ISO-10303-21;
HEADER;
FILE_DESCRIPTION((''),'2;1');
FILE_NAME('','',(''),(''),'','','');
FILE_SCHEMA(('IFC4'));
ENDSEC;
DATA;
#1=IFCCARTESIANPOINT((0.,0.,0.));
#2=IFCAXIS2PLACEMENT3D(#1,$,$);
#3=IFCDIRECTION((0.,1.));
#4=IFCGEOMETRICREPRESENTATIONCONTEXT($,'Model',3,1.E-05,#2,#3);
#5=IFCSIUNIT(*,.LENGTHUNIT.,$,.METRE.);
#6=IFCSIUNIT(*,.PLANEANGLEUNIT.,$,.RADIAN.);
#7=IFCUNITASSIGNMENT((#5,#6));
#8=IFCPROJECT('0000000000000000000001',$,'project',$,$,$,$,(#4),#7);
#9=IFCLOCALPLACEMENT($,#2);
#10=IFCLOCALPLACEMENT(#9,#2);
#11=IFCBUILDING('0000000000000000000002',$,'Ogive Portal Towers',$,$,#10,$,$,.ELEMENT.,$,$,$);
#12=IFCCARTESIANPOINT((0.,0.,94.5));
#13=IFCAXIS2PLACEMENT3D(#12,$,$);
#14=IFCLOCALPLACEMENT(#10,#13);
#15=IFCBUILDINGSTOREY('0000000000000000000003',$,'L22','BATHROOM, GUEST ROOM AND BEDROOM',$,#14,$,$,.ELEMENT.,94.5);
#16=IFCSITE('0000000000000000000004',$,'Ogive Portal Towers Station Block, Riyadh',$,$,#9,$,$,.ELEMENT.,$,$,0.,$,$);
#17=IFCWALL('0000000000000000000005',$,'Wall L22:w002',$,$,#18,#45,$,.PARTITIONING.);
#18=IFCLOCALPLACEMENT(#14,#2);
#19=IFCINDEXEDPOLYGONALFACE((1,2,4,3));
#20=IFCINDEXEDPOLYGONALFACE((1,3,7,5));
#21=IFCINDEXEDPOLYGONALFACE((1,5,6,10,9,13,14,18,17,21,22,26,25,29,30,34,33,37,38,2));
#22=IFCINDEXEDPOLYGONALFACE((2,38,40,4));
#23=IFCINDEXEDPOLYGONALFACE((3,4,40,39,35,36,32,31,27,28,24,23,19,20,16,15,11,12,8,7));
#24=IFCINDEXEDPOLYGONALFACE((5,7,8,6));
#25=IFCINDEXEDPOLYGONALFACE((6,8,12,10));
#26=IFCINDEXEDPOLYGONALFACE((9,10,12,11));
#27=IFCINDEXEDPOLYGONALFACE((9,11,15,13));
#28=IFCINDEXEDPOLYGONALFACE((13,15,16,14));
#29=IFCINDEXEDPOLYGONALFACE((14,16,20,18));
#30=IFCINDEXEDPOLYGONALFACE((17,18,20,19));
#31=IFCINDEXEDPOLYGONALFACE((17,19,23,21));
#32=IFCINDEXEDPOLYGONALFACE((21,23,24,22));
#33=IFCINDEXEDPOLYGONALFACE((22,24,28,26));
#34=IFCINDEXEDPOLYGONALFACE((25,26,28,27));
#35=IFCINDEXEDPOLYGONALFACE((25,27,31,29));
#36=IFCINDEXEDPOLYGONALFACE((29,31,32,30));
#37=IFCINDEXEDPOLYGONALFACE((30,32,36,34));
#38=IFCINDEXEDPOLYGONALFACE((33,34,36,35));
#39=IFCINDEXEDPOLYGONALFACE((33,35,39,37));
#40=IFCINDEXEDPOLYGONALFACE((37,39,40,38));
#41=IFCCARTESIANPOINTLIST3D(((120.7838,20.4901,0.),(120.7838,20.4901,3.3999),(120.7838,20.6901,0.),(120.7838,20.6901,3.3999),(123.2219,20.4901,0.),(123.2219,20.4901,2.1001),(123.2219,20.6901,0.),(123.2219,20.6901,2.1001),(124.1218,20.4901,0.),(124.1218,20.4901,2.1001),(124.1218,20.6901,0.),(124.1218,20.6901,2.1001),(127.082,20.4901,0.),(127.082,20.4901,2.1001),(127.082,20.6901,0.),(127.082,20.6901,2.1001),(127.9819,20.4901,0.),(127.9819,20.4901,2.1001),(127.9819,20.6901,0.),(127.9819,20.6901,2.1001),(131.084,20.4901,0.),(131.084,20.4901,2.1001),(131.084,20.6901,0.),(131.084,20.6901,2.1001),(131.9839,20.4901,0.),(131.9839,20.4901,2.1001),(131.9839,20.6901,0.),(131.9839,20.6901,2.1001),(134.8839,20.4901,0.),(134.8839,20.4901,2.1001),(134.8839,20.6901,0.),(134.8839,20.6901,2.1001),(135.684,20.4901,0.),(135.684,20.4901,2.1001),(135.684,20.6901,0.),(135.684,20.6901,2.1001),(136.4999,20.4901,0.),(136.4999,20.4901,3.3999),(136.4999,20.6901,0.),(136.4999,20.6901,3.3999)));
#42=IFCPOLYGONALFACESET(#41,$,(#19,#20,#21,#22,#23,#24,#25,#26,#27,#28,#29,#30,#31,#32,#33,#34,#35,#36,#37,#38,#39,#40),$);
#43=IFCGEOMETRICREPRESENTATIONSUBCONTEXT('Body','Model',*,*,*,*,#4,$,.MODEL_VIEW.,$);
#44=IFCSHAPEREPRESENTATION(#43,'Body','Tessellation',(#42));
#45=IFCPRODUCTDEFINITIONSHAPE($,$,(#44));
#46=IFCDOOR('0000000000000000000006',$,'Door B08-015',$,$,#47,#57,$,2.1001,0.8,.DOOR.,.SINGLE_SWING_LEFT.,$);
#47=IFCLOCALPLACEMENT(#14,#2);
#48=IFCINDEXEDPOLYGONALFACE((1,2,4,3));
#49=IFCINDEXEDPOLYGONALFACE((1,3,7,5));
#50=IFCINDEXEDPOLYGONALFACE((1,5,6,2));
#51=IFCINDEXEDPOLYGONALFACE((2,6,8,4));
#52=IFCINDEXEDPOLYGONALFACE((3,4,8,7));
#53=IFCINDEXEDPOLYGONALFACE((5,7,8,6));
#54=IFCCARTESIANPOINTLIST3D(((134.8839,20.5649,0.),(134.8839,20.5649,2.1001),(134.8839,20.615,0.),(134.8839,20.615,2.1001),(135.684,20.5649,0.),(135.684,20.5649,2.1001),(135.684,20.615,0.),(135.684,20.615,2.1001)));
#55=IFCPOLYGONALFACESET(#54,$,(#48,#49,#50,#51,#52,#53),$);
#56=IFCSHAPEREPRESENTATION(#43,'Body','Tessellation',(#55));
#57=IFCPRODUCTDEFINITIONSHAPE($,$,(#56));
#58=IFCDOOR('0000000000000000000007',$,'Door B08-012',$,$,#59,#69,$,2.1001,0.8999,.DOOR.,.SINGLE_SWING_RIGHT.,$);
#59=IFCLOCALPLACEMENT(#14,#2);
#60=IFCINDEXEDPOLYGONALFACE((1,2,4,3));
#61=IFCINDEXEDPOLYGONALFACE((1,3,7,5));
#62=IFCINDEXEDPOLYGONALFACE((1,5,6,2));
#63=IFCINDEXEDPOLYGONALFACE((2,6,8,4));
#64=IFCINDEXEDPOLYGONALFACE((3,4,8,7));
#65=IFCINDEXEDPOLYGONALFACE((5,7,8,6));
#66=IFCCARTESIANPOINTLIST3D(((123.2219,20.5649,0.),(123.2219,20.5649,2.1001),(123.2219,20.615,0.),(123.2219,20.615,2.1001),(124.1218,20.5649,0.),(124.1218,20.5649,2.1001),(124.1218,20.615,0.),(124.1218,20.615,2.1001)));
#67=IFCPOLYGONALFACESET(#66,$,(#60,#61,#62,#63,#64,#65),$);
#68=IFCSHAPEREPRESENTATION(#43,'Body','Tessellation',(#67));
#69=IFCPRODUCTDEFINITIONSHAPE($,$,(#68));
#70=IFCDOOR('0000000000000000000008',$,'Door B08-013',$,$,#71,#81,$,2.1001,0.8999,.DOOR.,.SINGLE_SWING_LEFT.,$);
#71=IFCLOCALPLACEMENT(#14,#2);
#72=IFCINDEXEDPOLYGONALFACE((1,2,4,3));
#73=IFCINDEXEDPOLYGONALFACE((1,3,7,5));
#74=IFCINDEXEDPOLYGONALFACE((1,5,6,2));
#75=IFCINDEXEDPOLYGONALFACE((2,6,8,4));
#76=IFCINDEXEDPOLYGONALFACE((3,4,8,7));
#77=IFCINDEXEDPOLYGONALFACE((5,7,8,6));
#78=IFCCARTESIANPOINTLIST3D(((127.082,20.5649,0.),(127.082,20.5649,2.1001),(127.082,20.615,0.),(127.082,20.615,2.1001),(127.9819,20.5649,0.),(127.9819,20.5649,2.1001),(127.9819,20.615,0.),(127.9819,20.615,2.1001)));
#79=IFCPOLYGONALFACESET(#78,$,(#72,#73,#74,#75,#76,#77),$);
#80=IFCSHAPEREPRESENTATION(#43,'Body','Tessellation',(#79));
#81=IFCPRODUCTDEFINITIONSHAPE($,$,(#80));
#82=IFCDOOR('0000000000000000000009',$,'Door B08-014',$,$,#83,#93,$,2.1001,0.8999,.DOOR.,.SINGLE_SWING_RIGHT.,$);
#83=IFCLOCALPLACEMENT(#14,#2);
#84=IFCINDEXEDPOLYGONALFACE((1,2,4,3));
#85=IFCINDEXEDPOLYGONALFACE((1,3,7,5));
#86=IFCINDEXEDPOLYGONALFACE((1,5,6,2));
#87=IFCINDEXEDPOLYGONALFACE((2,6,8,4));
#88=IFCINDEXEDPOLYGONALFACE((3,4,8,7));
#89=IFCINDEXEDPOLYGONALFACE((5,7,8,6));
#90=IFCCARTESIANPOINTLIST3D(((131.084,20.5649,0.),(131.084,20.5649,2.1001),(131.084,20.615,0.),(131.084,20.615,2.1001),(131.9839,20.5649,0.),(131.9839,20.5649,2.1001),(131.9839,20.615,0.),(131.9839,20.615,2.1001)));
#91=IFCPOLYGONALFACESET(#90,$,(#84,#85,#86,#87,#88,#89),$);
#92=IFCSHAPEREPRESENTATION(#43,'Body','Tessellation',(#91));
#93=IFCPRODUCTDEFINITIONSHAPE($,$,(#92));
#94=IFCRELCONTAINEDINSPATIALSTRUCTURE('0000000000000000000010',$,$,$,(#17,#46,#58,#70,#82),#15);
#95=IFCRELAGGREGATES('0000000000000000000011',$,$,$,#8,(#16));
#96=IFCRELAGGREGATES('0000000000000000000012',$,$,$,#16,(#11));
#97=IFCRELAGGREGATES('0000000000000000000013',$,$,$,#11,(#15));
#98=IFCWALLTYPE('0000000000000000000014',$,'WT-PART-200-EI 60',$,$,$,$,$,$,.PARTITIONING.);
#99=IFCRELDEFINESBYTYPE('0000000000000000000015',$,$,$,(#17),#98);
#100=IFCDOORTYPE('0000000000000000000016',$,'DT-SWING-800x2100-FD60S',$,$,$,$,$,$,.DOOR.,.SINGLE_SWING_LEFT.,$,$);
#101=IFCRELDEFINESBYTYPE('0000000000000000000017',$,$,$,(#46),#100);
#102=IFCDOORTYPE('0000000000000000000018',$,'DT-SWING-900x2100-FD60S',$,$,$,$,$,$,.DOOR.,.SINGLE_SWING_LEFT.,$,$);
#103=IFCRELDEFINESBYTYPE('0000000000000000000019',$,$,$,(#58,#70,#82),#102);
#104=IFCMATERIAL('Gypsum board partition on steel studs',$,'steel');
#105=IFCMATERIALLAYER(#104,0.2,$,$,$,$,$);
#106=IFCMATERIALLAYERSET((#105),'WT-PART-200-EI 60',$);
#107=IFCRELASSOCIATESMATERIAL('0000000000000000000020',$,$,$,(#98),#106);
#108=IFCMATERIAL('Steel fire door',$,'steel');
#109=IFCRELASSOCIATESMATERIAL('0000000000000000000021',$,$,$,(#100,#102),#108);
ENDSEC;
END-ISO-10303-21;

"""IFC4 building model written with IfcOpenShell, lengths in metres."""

from ifc_helpers import new_model, si_unit, direction, frame, frame_2d, origin, place, context, subcontext, project, spatial, rectangle, extrude, material, layer, layer_set, type_object, element, fill, save


model = new_model("IFC4")

# Units and contexts
model_context = context("Model", 3, precision=1e-05, world=origin(), true_north=direction((0.0, 1.0)))
body_context = subcontext(model_context, "Body", "Model", "MODEL_VIEW")
ifc_project = project(units=[si_unit("LENGTHUNIT", "METRE"), si_unit("PLANEANGLEUNIT", "RADIAN")], contexts=[model_context])

# Site, building, storey
site_placement = place(None, origin())
site = spatial("IfcSite", under=ifc_project, at=site_placement, Name="Ogive Portal Towers Station Block, Riyadh", CompositionType="ELEMENT", RefElevation=0.0)
building_placement = place(site_placement, origin())
building = spatial("IfcBuilding", under=site, at=building_placement, Name="Ogive Portal Towers", CompositionType="ELEMENT")
storey_placement = place(building_placement, frame((0.0, 0.0, 94.5)))
storey = spatial("IfcBuildingStorey", under=building, at=storey_placement, Name="L22", Description="BATHROOM, GUEST ROOM AND BEDROOM", CompositionType="ELEMENT", Elevation=94.5)

# Wall, openings, doors
ifc_material_1 = material(Name="Gypsum board partition on steel studs", Category="steel")
ifc_layer_1 = layer(ifc_material_1, 0.2)
ifc_layer_set_1 = layer_set([ifc_layer_1], Name="WT-PART-200-EI 60")
wall_type = type_object("IfcWallType", Name="WT-PART-200-EI 60", PredefinedType="PARTITIONING", material=ifc_layer_set_1)
wall_1_placement = place(storey_placement, frame((120.7839, 20.5901, 0.0), z_axis=(0.0, 0.0, 1.0), x_axis=(1.0, 0.0, 0.0)))
wall_1 = element("IfcWall", 1, at=wall_1_placement, inside=storey, type_object=wall_type, Name="Wall L22:w002", PredefinedType="PARTITIONING", context=body_context, shape_type="SweptSolid", body=[
    extrude(rectangle(XDim=15.7161, YDim=0.2, at=frame_2d((7.8579, 0.0))), origin(), (0.0, 0.0, 1.0), 3.3999),
])
opening_1_placement = place(wall_1_placement, frame((2.438, 0.0, 0.0)))
opening_1 = element("IfcOpeningElement", 2, at=opening_1_placement, cuts=wall_1, PredefinedType="OPENING", context=body_context, shape_type="SweptSolid", body=[
    extrude(rectangle(XDim=0.8999, YDim=2.1001, at=frame_2d((0.45, 1.05))), frame((0.0, 0.1099, 0.0), z_axis=(0.0, -1.0, 0.0), x_axis=(1.0, 0.0, 0.0)), (0.0, 0.0, 1.0), 0.22),
])
opening_2_placement = place(wall_1_placement, frame((6.2981, 0.0, 0.0)))
opening_2 = element("IfcOpeningElement", 3, at=opening_2_placement, cuts=wall_1, PredefinedType="OPENING", context=body_context, shape_type="SweptSolid", body=[
    extrude(rectangle(XDim=0.8999, YDim=2.1001, at=frame_2d((0.45, 1.05))), frame((0.0, 0.1099, 0.0), z_axis=(0.0, -1.0, 0.0), x_axis=(1.0, 0.0, 0.0)), (0.0, 0.0, 1.0), 0.22),
])
opening_3_placement = place(wall_1_placement, frame((10.3, 0.0, 0.0)))
opening_3 = element("IfcOpeningElement", 4, at=opening_3_placement, cuts=wall_1, PredefinedType="OPENING", context=body_context, shape_type="SweptSolid", body=[
    extrude(rectangle(XDim=0.8999, YDim=2.1001, at=frame_2d((0.45, 1.05))), frame((0.0, 0.1099, 0.0), z_axis=(0.0, -1.0, 0.0), x_axis=(1.0, 0.0, 0.0)), (0.0, 0.0, 1.0), 0.22),
])
opening_4_placement = place(wall_1_placement, frame((14.1001, 0.0, 0.0)))
opening_4 = element("IfcOpeningElement", 5, at=opening_4_placement, cuts=wall_1, PredefinedType="OPENING", context=body_context, shape_type="SweptSolid", body=[
    extrude(rectangle(XDim=0.8, YDim=2.1001, at=frame_2d((0.3999, 1.05))), frame((0.0, 0.1099, 0.0), z_axis=(0.0, -1.0, 0.0), x_axis=(1.0, 0.0, 0.0)), (0.0, 0.0, 1.0), 0.22),
])
ifc_material_2 = material(Name="Steel fire door", Category="steel")
door_type_1 = type_object("IfcDoorType", Name="DT-SWING-800x2100-FD60S", OperationType="SINGLE_SWING_LEFT", PredefinedType="DOOR", material=ifc_material_2)
door_1_placement = place(opening_4_placement, origin())
door_1 = element("IfcDoor", 6, at=door_1_placement, inside=storey, type_object=door_type_1, Name="Door B08-015", OperationType="SINGLE_SWING_LEFT", OverallHeight=2.1001, OverallWidth=0.8, PredefinedType="DOOR", context=body_context, shape_type="SweptSolid", body=[
    extrude(rectangle(XDim=0.8, YDim=2.1001, at=frame_2d((0.3999, 1.05))), frame((0.0, 0.0249, 0.0), z_axis=(0.0, -1.0, 0.0), x_axis=(1.0, 0.0, 0.0)), (0.0, 0.0, 1.0), 0.05),
])
fill(opening_4, door_1)
door_type_2 = type_object("IfcDoorType", Name="DT-SWING-900x2100-FD60S", OperationType="SINGLE_SWING_LEFT", PredefinedType="DOOR", material=ifc_material_2)
door_2_placement = place(opening_1_placement, origin())
door_2 = element("IfcDoor", 7, at=door_2_placement, inside=storey, type_object=door_type_2, Name="Door B08-012", OperationType="SINGLE_SWING_RIGHT", OverallHeight=2.1001, OverallWidth=0.8999, PredefinedType="DOOR", context=body_context, shape_type="SweptSolid", body=[
    extrude(rectangle(XDim=0.8999, YDim=2.1001, at=frame_2d((0.45, 1.05))), frame((0.0, 0.0249, 0.0), z_axis=(0.0, -1.0, 0.0), x_axis=(1.0, 0.0, 0.0)), (0.0, 0.0, 1.0), 0.05),
])
fill(opening_1, door_2)
door_3_placement = place(opening_2_placement, origin())
door_3 = element("IfcDoor", 8, at=door_3_placement, inside=storey, type_object=door_type_2, Name="Door B08-013", OperationType="SINGLE_SWING_LEFT", OverallHeight=2.1001, OverallWidth=0.8999, PredefinedType="DOOR", context=body_context, shape_type="SweptSolid", body=[
    extrude(rectangle(XDim=0.8999, YDim=2.1001, at=frame_2d((0.45, 1.05))), frame((0.0, 0.0249, 0.0), z_axis=(0.0, -1.0, 0.0), x_axis=(1.0, 0.0, 0.0)), (0.0, 0.0, 1.0), 0.05),
])
fill(opening_2, door_3)
door_4_placement = place(opening_3_placement, origin())
door_4 = element("IfcDoor", 9, at=door_4_placement, inside=storey, type_object=door_type_2, Name="Door B08-014", OperationType="SINGLE_SWING_RIGHT", OverallHeight=2.1001, OverallWidth=0.8999, PredefinedType="DOOR", context=body_context, shape_type="SweptSolid", body=[
    extrude(rectangle(XDim=0.8999, YDim=2.1001, at=frame_2d((0.45, 1.05))), frame((0.0, 0.0249, 0.0), z_axis=(0.0, -1.0, 0.0), x_axis=(1.0, 0.0, 0.0)), (0.0, 0.0, 1.0), 0.05),
])
fill(opening_3, door_4)

save(model, "model.ifc")
